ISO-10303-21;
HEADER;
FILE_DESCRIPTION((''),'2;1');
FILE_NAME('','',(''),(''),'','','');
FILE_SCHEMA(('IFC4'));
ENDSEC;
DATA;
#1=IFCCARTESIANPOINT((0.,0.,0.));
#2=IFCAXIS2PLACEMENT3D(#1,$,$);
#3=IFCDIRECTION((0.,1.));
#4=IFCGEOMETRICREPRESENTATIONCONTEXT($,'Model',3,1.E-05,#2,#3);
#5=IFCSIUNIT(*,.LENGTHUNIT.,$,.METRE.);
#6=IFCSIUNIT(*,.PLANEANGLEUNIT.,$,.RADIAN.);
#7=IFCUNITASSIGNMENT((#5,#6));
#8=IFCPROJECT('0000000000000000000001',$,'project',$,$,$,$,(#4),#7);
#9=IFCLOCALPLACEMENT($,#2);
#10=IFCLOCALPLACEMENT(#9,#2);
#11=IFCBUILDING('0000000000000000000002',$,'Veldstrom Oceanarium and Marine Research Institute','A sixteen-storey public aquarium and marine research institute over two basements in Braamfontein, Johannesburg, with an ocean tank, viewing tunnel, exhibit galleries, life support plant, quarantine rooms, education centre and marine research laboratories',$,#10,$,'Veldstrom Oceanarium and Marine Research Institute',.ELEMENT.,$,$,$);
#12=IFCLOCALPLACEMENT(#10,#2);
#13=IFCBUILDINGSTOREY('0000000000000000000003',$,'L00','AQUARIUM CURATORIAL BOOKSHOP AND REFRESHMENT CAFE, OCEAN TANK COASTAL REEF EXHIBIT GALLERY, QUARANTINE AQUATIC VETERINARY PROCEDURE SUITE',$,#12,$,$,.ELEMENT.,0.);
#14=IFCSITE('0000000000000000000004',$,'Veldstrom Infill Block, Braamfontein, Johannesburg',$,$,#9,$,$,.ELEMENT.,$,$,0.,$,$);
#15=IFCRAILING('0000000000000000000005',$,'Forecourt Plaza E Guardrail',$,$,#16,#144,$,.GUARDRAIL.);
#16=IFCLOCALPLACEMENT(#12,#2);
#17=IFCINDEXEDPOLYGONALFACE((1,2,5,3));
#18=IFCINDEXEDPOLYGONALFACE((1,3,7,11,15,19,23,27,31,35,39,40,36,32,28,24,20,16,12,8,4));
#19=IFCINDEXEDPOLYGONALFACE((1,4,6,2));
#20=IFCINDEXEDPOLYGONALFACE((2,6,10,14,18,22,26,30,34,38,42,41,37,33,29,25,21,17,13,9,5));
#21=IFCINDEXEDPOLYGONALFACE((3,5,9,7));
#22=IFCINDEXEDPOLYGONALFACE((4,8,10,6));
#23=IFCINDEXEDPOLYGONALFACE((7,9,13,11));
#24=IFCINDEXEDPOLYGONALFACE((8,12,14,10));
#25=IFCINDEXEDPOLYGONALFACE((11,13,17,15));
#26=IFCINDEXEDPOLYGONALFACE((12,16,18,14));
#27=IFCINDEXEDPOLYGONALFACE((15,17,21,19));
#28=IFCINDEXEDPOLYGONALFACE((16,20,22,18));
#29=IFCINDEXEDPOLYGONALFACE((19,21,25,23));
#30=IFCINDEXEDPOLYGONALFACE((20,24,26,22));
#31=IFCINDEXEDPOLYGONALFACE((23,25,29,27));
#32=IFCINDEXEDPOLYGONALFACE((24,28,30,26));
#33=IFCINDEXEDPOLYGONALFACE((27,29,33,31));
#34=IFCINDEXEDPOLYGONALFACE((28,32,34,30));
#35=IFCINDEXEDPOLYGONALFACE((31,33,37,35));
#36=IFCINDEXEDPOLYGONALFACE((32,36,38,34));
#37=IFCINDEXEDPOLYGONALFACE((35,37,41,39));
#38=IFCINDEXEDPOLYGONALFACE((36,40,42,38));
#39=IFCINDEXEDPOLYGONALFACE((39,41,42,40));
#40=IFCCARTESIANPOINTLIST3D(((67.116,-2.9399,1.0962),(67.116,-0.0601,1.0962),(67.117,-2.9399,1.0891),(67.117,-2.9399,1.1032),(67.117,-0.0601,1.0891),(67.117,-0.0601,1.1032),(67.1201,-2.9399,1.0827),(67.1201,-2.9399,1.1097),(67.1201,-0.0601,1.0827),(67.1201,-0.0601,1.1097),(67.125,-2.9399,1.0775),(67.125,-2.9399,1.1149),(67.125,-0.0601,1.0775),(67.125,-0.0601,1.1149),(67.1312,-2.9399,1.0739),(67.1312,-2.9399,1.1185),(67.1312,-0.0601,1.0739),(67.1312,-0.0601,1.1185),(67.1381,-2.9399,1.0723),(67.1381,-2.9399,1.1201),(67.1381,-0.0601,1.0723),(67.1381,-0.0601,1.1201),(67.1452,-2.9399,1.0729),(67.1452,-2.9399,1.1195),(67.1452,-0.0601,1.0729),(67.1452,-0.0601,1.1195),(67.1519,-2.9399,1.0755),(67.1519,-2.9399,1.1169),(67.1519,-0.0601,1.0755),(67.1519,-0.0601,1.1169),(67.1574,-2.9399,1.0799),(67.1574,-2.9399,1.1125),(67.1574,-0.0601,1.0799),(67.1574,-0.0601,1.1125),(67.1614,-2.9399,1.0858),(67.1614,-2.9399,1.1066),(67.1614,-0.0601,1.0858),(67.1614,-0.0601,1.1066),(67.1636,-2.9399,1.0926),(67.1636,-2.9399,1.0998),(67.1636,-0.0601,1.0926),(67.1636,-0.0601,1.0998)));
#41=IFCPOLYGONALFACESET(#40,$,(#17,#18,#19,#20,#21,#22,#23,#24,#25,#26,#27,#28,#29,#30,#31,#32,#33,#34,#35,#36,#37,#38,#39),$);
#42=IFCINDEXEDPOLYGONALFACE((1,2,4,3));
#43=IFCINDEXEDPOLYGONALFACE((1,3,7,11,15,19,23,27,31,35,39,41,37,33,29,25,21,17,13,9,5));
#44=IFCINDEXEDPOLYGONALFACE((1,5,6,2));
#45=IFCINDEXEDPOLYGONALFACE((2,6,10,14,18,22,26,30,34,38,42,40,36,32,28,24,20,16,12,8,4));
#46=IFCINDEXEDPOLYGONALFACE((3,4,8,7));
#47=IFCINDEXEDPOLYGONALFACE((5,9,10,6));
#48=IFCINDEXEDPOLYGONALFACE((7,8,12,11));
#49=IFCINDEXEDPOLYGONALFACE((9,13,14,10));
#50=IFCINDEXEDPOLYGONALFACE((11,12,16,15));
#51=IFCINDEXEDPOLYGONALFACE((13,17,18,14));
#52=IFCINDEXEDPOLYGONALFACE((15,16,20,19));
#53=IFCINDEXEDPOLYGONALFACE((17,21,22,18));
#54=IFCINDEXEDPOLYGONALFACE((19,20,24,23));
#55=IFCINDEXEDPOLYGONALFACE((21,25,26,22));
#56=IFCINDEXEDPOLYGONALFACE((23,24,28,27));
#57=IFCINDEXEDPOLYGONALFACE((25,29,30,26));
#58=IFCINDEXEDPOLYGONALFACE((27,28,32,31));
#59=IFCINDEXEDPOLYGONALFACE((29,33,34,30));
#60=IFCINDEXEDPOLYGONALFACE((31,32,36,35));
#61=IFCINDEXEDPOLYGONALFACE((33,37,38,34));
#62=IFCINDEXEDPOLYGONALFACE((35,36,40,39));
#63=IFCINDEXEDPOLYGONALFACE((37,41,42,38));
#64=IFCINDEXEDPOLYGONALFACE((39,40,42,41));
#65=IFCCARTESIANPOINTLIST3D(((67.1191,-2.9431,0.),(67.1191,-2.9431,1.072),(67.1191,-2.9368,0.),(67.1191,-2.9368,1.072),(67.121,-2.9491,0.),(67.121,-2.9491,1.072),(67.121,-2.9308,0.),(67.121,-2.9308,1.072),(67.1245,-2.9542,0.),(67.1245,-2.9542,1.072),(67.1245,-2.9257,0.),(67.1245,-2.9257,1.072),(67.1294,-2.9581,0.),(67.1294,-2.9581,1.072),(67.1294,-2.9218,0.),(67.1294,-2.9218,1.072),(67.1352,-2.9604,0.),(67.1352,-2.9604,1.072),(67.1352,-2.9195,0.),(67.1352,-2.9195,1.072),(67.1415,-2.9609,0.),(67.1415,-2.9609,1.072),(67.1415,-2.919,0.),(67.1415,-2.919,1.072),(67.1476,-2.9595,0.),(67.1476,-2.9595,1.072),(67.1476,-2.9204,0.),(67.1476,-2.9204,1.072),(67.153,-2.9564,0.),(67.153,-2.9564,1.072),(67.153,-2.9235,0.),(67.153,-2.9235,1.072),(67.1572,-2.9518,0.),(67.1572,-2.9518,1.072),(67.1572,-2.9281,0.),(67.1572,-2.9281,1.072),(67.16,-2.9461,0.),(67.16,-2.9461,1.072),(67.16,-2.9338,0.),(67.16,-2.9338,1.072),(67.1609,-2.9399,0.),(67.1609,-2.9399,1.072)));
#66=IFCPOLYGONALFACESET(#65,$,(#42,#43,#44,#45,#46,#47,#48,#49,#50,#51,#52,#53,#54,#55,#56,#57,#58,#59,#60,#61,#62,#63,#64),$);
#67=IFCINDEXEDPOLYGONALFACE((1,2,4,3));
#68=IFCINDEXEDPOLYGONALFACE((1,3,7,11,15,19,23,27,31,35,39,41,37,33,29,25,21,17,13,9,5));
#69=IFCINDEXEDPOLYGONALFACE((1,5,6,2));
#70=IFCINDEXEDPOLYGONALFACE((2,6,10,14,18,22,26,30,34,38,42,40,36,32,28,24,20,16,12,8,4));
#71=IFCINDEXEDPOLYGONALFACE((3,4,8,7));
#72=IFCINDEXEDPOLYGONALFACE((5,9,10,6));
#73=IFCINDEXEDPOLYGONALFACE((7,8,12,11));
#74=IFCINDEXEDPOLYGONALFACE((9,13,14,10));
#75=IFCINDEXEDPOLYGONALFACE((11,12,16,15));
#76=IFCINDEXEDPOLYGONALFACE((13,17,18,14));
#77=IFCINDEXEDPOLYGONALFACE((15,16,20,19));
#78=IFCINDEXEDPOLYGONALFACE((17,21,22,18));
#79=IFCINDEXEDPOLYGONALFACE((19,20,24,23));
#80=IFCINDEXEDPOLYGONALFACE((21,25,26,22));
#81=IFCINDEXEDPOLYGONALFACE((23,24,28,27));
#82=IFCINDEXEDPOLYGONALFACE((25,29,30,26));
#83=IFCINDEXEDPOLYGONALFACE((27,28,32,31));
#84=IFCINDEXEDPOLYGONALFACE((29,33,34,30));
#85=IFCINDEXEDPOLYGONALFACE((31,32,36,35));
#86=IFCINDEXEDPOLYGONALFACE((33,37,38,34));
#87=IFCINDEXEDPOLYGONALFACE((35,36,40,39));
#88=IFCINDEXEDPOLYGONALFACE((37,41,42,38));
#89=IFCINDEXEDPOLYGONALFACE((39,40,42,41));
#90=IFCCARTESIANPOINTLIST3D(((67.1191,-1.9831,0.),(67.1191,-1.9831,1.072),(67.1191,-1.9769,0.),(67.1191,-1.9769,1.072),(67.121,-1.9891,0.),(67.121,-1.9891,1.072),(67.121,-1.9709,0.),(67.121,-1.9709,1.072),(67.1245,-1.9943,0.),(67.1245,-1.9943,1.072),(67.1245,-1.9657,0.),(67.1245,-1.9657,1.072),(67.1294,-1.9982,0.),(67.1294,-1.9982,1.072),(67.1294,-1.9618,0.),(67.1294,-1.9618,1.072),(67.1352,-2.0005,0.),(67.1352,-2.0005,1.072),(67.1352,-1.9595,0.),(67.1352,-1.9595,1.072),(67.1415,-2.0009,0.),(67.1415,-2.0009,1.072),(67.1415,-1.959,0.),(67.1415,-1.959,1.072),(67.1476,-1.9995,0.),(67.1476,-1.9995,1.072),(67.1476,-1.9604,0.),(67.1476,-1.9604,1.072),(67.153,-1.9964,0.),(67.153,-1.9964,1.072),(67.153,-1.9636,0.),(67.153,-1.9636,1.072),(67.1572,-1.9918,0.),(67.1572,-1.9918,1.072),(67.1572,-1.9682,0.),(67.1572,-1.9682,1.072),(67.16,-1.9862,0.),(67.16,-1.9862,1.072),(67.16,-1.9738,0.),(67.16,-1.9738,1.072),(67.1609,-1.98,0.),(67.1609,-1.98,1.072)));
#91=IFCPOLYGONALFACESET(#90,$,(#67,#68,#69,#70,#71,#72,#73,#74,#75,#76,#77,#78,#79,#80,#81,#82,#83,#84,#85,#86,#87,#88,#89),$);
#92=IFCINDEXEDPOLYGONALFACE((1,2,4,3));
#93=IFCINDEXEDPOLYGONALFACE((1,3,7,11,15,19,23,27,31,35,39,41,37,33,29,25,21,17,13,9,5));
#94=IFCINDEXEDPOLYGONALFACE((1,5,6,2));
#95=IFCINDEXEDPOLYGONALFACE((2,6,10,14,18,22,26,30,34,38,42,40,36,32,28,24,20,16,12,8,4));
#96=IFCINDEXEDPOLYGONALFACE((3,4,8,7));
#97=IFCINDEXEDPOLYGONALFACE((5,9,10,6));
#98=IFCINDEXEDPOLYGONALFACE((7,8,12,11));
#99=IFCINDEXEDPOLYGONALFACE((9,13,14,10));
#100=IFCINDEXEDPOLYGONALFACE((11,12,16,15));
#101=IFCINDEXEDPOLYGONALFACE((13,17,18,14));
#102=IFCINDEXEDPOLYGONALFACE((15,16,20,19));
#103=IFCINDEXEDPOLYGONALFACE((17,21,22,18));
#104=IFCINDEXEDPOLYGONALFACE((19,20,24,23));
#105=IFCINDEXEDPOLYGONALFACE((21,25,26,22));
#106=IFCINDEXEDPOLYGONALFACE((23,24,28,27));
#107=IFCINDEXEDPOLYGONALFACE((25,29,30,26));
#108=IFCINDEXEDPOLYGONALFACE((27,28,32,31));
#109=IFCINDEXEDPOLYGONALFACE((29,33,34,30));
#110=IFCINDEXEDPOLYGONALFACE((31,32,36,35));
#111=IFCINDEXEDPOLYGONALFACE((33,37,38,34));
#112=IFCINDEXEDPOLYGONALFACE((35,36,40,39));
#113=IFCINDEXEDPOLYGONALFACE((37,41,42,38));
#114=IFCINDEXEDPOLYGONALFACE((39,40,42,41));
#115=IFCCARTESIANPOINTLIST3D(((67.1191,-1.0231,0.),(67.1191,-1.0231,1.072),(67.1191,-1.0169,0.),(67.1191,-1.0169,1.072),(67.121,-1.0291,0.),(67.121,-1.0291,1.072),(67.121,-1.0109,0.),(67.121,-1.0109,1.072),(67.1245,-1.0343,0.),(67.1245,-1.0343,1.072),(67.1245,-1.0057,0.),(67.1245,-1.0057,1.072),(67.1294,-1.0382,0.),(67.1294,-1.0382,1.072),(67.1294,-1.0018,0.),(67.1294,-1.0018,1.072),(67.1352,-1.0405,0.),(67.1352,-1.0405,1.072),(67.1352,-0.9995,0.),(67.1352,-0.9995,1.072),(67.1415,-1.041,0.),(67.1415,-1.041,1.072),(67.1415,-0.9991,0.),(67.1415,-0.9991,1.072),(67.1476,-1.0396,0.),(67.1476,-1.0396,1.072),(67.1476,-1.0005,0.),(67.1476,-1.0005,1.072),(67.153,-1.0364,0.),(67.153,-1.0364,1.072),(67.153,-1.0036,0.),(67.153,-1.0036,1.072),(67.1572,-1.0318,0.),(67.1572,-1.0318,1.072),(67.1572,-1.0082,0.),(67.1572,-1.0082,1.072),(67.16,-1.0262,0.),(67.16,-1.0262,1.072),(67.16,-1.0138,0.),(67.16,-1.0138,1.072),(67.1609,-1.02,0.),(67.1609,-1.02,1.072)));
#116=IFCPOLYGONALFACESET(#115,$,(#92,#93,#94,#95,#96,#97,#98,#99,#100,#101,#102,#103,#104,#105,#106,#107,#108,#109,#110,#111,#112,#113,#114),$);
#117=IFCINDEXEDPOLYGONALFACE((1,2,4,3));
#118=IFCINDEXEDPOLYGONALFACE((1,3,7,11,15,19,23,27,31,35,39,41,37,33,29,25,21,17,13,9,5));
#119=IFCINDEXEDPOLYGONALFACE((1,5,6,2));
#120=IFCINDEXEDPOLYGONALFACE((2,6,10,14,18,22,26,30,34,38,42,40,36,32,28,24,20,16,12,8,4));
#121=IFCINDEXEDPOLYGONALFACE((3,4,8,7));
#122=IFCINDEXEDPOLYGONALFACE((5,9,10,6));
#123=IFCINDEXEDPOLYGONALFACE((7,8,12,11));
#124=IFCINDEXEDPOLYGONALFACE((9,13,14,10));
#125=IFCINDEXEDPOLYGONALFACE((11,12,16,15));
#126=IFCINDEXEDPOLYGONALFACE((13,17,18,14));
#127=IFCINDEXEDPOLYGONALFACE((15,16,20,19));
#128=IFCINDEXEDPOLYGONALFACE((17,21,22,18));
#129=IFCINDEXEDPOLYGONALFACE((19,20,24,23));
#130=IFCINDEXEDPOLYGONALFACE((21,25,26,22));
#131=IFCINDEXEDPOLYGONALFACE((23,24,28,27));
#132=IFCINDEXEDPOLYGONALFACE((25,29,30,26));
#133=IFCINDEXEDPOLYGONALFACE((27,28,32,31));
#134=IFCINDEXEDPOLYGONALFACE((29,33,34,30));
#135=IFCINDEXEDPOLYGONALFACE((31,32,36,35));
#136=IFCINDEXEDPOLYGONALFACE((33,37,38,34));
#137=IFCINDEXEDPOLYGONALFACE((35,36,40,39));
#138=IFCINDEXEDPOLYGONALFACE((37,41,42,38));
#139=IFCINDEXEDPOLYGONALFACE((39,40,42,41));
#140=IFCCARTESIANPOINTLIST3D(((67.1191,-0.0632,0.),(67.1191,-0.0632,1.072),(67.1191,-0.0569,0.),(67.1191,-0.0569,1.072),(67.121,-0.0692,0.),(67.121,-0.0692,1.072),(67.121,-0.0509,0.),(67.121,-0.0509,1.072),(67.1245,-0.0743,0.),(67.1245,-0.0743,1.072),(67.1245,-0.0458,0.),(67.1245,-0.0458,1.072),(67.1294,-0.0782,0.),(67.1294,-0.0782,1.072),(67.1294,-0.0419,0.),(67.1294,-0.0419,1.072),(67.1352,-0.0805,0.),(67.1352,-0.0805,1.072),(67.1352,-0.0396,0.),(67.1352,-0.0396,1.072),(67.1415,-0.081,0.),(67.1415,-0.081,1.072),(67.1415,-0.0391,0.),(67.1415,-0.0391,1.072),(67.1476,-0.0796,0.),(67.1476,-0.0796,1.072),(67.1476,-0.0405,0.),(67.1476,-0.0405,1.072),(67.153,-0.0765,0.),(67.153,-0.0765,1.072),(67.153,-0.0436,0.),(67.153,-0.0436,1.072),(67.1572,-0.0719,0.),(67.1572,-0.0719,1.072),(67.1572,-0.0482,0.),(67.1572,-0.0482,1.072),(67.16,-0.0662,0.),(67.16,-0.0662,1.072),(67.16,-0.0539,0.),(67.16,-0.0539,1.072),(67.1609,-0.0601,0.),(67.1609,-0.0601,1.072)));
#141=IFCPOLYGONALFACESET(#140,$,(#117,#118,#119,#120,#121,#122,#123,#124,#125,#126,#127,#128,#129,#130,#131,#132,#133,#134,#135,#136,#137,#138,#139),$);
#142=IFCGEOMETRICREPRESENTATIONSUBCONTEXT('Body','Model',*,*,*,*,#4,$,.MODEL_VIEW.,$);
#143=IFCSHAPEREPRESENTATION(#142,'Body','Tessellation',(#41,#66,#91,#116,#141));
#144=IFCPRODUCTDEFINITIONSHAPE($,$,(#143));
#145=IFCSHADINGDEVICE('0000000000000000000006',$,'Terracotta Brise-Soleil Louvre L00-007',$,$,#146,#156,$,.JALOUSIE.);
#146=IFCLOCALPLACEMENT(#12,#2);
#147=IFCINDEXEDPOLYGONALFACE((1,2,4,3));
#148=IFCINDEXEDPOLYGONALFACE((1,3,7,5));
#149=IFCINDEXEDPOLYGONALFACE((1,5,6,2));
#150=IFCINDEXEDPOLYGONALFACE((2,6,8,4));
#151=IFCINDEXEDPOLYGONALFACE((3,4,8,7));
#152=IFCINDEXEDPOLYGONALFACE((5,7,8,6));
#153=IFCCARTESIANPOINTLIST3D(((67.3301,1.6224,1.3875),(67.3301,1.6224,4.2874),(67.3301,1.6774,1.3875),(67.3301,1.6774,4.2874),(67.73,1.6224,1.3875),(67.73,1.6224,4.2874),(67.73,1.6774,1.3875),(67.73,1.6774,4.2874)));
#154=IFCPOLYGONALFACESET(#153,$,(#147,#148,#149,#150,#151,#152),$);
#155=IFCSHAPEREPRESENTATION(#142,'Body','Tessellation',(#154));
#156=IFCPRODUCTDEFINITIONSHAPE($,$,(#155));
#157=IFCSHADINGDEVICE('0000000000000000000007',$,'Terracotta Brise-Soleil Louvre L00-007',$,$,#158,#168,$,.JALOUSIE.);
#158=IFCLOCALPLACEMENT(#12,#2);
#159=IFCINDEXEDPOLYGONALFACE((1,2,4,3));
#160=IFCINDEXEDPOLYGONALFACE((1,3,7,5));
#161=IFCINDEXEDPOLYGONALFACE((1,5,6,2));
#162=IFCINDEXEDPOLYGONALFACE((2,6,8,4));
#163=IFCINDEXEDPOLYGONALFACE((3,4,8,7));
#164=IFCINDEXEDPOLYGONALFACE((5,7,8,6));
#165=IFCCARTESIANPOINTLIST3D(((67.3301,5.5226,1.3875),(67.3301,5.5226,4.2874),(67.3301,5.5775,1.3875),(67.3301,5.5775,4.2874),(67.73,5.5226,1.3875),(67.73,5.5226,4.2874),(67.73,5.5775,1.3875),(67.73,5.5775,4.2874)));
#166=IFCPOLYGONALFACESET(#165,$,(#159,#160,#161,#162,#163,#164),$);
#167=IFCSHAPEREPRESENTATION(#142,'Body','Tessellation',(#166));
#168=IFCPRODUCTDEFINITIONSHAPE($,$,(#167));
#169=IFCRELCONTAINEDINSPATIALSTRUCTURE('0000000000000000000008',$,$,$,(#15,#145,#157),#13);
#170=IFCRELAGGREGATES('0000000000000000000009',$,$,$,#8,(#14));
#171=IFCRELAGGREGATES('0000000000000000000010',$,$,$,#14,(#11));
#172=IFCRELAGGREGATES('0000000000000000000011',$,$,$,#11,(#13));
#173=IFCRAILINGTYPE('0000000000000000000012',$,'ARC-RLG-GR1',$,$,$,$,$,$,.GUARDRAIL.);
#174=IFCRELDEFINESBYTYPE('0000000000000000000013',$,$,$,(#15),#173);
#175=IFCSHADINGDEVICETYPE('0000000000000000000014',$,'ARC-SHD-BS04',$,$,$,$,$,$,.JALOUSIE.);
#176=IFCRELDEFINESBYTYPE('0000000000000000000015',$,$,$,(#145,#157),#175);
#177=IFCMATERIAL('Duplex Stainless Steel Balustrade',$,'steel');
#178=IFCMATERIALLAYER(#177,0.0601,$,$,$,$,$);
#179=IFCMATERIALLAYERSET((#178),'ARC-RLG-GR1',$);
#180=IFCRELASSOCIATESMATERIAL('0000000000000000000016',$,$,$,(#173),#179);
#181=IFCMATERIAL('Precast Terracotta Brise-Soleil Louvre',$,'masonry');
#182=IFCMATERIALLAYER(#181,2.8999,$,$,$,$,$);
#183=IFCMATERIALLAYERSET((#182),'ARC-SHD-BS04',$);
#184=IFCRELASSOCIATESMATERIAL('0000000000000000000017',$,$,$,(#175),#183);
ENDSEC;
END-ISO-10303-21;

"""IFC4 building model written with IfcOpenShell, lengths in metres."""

from ifc_helpers import new_model, si_unit, direction, frame, origin, origin_2d, place, context, subcontext, project, spatial, rectangle, circle, extrude, material, layer, layer_set, type_object, element, save


model = new_model("IFC4")

# Units and contexts
model_context = context("Model", 3, precision=1e-05, world=origin(), true_north=direction((0.0, 1.0)))
body_context = subcontext(model_context, "Body", "Model", "MODEL_VIEW")
ifc_project = project(units=[si_unit("LENGTHUNIT", "METRE"), si_unit("PLANEANGLEUNIT", "RADIAN")], contexts=[model_context])

# Site, building, storey
site_placement = place(None, origin())
site = spatial("IfcSite", under=ifc_project, at=site_placement, Name="Veldstrom Infill Block, Braamfontein, Johannesburg", CompositionType="ELEMENT", RefElevation=0.0)
building_placement = place(site_placement, origin())
building = spatial("IfcBuilding", under=site, at=building_placement, Name="Veldstrom Oceanarium and Marine Research Institute", Description="A sixteen-storey public aquarium and marine research institute over two basements in Braamfontein, Johannesburg, with an ocean tank, viewing tunnel, exhibit galleries, life support plant, quarantine rooms, education centre and marine research laboratories", LongName="Veldstrom Oceanarium and Marine Research Institute", CompositionType="ELEMENT")
storey_placement = place(building_placement, origin())
storey = spatial("IfcBuildingStorey", under=building, at=storey_placement, Name="L00", Description="AQUARIUM CURATORIAL BOOKSHOP AND REFRESHMENT CAFE, OCEAN TANK COASTAL REEF EXHIBIT GALLERY, QUARANTINE AQUATIC VETERINARY PROCEDURE SUITE", CompositionType="ELEMENT", Elevation=0.0)

# Railing
ifc_material_1 = material(Name="Duplex Stainless Steel Balustrade", Category="steel")
ifc_layer_1 = layer(ifc_material_1, 0.0601)
ifc_layer_set_1 = layer_set([ifc_layer_1], Name="ARC-RLG-GR1")
railing_type = type_object("IfcRailingType", Name="ARC-RLG-GR1", PredefinedType="GUARDRAIL", material=ifc_layer_set_1)
railing_placement = place(storey_placement, frame((67.1399, -2.9399, 0.0)))
element("IfcRailing", 1, at=railing_placement, inside=storey, type_object=railing_type, Name="Forecourt Plaza E Guardrail", PredefinedType="GUARDRAIL", context=body_context, shape_type="SweptSolid", body=[
    extrude(circle(Radius=0.0239, at=origin_2d()), frame((0.0, 0.0, 1.0962), z_axis=(0.0, 1.0, 0.0), x_axis=(-1.0, 0.0, 0.0)), (0.0, 0.0, 1.0), 2.8799),
    extrude(circle(Radius=0.021, at=origin_2d()), origin(), (0.0, 0.0, 1.0), 1.072),
    extrude(circle(Radius=0.021, at=origin_2d()), frame((0.0, 0.96, 0.0)), (0.0, 0.0, 1.0), 1.072),
    extrude(circle(Radius=0.021, at=origin_2d()), frame((0.0, 1.9199, 0.0)), (0.0, 0.0, 1.0), 1.072),
    extrude(circle(Radius=0.021, at=origin_2d()), frame((0.0, 2.8799, 0.0)), (0.0, 0.0, 1.0), 1.072),
])

# Shading devices
ifc_material_2 = material(Name="Precast Terracotta Brise-Soleil Louvre", Category="masonry")
ifc_layer_2 = layer(ifc_material_2, 2.8999)
ifc_layer_set_2 = layer_set([ifc_layer_2], Name="ARC-SHD-BS04")
shading_device_type = type_object("IfcShadingDeviceType", Name="ARC-SHD-BS04", PredefinedType="JALOUSIE", material=ifc_layer_set_2)
for number, where, z_axis, x_axis, name in (
    (2, (67.53, 1.6499, 1.3875), (0.0, 0.0, 1.0), (1.0, 0.0, 0.0), "Terracotta Brise-Soleil Louvre L00-007"),
    (3, (67.53, 5.55, 1.3875), (0.0, 0.0, 1.0), (1.0, 0.0, 0.0), "Terracotta Brise-Soleil Louvre L00-007"),
):
    element("IfcShadingDevice", number, at=place(storey_placement, frame(where, z_axis=z_axis, x_axis=x_axis)), inside=storey, type_object=shading_device_type, Name=name, PredefinedType="JALOUSIE", context=body_context, shape_type="SweptSolid", body=[
        extrude(rectangle(XDim=0.3999, YDim=0.0549, at=origin_2d()), origin(), (0.0, 0.0, 1.0), 2.8999),
    ])

save(model, "model.ifc")
